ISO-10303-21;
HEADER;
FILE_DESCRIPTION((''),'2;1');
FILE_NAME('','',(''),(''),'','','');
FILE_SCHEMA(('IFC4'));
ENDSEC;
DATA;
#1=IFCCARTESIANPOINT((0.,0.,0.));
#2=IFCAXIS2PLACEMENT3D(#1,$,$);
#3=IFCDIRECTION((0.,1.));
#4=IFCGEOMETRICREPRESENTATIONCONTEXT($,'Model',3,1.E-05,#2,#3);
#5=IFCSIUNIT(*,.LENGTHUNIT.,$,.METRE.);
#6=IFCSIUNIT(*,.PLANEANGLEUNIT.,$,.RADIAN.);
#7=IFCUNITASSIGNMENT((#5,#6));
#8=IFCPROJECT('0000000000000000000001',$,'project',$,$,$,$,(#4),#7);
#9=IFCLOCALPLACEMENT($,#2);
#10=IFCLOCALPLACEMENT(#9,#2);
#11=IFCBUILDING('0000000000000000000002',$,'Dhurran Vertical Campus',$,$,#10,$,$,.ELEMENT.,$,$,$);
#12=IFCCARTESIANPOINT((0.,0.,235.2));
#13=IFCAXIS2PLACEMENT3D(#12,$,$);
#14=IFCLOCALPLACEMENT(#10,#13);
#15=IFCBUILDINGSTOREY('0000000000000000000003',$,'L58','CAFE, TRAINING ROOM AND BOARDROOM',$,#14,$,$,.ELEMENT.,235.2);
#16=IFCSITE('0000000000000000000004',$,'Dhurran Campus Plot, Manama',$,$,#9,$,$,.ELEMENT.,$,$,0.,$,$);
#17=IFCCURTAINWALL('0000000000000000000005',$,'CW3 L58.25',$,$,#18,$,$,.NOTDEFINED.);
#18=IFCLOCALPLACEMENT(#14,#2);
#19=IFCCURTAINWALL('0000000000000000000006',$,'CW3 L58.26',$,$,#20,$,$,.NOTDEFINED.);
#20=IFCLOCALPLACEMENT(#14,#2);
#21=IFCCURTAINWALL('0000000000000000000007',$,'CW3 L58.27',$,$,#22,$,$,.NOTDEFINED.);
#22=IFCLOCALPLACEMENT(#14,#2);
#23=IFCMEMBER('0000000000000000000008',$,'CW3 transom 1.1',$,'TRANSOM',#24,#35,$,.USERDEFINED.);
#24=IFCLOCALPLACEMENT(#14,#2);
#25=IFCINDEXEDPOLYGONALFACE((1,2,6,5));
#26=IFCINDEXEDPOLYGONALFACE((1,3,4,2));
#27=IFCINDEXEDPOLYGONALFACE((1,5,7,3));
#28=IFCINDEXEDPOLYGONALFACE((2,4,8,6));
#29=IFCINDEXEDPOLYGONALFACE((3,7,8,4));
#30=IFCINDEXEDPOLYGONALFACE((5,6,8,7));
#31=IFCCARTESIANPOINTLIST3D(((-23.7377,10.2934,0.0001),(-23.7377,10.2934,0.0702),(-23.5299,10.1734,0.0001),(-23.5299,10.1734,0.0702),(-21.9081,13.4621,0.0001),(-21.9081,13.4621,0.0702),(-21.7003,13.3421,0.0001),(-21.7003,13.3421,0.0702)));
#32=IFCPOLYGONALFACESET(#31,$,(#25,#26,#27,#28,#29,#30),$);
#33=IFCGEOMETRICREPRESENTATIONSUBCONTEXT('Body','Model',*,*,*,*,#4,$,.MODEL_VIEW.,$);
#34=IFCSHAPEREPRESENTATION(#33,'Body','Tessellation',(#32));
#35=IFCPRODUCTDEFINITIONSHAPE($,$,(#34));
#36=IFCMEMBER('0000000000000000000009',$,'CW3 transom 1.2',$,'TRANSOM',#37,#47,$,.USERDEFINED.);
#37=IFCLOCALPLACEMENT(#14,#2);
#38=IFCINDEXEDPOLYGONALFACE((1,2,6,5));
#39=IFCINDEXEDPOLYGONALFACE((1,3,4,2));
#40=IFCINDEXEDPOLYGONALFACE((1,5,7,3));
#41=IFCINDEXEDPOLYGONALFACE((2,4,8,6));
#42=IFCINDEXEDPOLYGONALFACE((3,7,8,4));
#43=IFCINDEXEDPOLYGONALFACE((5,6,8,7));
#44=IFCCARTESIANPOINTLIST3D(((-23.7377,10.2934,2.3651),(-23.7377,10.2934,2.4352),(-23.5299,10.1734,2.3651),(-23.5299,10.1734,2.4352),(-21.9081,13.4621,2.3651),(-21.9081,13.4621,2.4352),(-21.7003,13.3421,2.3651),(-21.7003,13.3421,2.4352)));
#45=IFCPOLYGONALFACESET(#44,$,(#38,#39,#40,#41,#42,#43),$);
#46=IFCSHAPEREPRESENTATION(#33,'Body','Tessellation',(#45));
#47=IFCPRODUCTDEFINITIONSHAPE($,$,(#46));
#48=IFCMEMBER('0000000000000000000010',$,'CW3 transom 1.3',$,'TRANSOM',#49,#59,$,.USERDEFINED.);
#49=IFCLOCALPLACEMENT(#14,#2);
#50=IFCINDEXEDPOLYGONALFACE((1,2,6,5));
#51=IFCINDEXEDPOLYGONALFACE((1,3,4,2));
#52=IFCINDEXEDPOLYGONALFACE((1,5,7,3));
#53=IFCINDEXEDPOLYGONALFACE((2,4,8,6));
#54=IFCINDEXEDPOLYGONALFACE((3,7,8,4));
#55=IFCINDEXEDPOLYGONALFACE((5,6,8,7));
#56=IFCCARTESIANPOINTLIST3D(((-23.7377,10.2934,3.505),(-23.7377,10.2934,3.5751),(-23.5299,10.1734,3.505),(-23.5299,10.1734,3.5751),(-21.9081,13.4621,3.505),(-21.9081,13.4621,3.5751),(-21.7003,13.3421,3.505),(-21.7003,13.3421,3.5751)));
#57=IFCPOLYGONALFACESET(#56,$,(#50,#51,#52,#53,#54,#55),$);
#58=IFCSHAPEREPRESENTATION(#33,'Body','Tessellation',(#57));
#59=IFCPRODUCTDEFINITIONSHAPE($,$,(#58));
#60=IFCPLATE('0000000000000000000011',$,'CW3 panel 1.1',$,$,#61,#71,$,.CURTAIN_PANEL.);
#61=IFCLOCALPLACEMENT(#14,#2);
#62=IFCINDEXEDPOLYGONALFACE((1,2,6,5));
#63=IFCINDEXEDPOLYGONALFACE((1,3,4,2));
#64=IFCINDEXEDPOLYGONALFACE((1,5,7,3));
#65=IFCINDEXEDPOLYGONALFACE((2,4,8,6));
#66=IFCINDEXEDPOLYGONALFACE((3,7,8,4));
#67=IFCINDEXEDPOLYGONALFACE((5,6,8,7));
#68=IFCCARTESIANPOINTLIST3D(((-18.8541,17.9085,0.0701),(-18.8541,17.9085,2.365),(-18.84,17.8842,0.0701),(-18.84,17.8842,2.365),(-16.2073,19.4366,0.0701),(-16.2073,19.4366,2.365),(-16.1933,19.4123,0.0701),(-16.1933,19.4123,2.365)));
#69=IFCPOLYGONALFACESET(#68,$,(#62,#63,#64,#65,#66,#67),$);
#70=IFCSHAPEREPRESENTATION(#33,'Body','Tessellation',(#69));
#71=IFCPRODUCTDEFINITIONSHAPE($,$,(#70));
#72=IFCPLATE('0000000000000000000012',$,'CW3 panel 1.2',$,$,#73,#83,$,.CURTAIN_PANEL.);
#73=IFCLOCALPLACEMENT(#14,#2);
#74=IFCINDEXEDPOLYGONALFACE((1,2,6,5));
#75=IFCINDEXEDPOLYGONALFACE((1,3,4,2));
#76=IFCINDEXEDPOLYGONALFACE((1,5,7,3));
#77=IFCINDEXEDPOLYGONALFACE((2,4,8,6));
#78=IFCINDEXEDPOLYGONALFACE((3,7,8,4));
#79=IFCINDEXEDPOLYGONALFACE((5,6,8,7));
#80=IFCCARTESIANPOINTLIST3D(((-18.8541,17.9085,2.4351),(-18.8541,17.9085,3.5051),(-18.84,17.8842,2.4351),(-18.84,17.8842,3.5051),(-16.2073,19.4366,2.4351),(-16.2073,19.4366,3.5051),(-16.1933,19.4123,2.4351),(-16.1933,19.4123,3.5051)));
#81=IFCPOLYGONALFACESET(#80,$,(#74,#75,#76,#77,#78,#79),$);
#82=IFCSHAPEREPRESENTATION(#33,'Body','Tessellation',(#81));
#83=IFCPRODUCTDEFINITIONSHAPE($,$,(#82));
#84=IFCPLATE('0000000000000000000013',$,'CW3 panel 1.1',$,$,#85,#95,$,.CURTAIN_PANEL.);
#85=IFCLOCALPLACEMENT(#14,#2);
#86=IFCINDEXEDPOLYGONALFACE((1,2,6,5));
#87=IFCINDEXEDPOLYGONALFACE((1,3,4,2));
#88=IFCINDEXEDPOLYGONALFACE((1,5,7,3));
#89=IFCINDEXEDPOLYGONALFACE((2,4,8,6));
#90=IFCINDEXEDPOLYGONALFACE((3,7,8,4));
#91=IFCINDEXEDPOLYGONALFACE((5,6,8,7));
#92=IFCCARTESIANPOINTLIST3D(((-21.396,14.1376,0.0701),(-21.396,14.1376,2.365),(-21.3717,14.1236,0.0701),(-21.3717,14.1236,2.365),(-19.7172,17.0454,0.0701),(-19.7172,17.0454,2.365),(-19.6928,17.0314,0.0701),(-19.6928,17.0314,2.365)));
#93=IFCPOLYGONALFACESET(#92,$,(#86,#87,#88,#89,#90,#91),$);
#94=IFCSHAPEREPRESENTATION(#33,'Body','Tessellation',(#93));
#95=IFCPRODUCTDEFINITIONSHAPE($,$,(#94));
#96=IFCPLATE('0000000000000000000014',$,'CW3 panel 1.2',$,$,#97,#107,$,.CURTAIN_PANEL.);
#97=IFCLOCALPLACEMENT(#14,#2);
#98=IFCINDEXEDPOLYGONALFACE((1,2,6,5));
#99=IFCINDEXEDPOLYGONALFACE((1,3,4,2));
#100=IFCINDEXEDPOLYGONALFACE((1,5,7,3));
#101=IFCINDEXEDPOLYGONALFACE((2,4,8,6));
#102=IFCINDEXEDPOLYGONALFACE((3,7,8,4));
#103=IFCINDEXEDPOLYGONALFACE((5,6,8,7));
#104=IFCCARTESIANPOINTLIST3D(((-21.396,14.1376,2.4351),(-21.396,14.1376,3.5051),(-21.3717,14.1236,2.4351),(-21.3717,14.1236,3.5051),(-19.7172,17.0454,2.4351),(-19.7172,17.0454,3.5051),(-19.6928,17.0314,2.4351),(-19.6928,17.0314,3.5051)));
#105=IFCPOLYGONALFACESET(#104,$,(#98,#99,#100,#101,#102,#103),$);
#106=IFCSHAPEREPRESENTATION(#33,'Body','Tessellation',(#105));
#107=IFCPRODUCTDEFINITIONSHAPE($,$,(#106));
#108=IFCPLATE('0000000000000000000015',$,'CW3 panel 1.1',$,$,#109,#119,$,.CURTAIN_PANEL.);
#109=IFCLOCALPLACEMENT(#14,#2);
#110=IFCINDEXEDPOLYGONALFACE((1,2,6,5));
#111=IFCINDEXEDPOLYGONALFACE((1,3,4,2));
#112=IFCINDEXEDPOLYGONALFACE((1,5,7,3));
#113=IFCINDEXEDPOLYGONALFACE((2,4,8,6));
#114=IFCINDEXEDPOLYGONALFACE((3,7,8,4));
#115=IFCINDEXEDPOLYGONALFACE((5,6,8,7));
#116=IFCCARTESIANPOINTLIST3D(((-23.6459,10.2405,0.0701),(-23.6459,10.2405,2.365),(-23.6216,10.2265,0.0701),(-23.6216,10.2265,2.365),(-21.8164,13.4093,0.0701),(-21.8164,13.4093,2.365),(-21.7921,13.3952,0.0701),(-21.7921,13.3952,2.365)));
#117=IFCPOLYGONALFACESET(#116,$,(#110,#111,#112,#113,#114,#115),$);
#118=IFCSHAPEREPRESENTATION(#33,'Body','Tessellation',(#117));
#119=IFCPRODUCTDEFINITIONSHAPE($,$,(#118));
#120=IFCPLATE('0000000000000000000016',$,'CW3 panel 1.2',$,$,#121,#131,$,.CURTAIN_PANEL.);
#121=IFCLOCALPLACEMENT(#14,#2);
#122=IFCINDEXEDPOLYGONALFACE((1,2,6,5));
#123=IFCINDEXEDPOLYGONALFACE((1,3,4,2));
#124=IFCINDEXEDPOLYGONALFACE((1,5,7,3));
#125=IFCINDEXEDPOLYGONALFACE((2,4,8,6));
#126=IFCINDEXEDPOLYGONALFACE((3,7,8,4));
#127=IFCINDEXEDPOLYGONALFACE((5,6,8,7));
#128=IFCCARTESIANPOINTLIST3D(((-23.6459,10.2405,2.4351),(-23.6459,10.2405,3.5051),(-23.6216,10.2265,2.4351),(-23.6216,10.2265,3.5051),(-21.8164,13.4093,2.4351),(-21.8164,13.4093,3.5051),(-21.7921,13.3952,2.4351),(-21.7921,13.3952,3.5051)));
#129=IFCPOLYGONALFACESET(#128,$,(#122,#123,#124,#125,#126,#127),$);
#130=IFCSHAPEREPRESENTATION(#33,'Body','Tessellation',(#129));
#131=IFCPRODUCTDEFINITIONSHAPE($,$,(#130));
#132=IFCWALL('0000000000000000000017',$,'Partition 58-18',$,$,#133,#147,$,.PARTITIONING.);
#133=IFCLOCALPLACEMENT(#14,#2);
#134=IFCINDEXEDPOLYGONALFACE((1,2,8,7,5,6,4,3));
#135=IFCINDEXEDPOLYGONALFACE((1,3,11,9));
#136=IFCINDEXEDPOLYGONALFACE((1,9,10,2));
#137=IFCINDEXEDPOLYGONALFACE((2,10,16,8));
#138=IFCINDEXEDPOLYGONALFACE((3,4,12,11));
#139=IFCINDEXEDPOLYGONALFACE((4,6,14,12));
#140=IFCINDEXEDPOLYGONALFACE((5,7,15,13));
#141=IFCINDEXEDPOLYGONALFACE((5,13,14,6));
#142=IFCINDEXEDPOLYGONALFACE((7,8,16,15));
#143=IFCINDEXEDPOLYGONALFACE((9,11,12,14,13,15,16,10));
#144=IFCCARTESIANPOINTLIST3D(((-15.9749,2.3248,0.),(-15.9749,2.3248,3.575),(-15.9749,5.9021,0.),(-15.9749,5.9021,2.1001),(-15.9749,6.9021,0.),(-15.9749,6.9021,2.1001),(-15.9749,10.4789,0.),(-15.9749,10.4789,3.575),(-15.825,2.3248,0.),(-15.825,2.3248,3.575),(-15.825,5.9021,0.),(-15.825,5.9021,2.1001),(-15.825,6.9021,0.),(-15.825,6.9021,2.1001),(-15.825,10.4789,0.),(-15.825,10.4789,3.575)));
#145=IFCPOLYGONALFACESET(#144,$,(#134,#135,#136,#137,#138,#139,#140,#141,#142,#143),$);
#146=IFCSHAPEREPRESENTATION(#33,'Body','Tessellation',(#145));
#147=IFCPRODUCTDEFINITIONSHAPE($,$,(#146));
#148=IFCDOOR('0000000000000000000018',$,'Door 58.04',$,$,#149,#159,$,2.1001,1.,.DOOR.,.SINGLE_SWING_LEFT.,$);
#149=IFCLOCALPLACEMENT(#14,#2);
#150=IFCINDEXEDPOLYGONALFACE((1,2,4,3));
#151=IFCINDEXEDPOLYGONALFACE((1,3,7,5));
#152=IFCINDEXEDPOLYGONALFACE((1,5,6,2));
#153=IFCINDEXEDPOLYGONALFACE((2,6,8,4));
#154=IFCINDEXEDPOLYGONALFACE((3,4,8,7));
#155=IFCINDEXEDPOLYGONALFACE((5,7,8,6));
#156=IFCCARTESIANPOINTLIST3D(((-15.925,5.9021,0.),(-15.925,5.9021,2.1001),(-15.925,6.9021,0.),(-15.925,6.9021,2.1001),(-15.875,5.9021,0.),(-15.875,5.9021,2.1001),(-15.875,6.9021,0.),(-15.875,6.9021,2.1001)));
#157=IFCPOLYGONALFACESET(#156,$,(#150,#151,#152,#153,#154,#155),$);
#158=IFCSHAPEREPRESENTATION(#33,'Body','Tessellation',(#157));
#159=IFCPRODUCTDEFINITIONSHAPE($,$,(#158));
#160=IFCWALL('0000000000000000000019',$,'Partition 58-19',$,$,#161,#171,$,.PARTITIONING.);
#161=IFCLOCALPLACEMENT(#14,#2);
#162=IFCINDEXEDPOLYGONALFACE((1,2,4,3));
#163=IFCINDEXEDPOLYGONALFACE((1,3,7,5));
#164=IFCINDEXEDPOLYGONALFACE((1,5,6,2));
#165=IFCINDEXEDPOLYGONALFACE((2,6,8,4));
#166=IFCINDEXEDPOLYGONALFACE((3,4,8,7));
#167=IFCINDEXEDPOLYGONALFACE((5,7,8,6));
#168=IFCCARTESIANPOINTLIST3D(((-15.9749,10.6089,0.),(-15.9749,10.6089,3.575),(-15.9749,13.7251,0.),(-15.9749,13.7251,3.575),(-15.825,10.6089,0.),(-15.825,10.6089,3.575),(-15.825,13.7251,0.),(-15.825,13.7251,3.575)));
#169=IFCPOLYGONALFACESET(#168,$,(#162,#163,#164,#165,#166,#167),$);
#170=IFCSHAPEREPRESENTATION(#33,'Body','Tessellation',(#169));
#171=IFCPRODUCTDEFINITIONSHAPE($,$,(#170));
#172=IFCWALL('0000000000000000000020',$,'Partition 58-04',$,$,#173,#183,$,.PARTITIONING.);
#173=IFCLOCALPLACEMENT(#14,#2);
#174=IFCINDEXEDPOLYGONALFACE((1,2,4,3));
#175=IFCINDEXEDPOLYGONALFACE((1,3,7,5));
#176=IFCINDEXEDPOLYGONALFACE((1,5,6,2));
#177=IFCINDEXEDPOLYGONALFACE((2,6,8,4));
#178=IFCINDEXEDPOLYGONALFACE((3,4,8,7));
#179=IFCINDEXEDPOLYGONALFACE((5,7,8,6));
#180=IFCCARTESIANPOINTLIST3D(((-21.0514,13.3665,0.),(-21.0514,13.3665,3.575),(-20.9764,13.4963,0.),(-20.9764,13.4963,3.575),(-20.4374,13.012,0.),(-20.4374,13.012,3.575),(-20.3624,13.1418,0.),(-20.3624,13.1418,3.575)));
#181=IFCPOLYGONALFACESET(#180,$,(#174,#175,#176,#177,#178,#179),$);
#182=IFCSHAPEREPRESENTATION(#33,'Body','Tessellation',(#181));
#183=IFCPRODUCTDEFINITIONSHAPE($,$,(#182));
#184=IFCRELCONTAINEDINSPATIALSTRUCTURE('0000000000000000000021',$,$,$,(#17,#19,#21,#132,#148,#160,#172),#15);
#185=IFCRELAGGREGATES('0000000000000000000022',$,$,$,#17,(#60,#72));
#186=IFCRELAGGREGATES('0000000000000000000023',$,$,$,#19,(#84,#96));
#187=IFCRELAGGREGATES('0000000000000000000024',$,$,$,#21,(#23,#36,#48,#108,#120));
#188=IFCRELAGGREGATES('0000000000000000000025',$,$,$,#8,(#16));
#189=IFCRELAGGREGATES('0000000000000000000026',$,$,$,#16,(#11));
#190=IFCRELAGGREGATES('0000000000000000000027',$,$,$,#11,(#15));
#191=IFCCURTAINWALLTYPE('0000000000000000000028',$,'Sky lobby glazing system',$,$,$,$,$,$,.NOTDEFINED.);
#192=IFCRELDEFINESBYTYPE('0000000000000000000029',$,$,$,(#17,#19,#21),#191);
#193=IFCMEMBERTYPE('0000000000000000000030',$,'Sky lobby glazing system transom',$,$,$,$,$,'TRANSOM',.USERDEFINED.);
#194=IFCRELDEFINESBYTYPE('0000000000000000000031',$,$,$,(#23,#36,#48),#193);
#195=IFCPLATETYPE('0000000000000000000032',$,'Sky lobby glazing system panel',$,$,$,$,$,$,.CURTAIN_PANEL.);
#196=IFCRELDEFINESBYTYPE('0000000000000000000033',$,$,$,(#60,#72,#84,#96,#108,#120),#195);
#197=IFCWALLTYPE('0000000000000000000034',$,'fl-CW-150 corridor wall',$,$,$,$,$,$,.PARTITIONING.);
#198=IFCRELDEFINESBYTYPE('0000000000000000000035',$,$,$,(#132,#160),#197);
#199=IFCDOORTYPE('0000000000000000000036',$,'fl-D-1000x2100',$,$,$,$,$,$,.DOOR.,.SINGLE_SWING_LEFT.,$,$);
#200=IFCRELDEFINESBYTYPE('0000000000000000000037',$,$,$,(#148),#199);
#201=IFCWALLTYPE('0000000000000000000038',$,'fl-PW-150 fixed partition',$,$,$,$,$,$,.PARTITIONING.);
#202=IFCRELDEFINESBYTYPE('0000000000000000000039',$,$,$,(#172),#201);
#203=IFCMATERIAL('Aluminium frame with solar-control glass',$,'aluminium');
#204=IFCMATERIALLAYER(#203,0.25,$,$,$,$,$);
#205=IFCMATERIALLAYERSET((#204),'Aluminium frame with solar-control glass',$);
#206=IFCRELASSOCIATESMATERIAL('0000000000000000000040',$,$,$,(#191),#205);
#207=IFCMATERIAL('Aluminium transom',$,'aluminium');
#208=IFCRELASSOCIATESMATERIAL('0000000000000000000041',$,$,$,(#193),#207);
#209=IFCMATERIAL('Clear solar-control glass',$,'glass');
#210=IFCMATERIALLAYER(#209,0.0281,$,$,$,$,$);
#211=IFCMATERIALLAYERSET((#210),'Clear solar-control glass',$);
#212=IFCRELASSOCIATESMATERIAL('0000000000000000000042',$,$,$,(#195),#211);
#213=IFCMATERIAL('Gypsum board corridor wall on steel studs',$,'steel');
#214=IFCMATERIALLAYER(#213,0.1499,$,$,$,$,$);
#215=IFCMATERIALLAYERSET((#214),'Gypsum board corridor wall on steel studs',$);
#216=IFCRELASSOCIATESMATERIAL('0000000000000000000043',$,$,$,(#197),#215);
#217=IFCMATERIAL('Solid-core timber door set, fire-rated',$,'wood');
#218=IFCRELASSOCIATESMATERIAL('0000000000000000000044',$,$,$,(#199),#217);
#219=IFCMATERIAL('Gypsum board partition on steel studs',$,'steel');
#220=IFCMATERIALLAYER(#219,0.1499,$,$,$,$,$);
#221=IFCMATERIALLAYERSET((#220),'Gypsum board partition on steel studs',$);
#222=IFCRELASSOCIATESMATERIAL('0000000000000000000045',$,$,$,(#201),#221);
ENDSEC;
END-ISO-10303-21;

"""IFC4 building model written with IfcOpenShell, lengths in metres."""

from ifc_helpers import new_model, si_unit, direction, frame, frame_2d, origin, origin_2d, place, context, subcontext, project, spatial, rectangle, extrude, material, layer, layer_set, material_profile, profile_set, type_object, element, fill, aggregate, save


model = new_model("IFC4")

# Units and contexts
model_context = context("Model", 3, precision=1e-05, world=origin(), true_north=direction((0.0, 1.0)))
body_context = subcontext(model_context, "Body", "Model", "MODEL_VIEW")
ifc_project = project(units=[si_unit("LENGTHUNIT", "METRE"), si_unit("PLANEANGLEUNIT", "RADIAN")], contexts=[model_context])

# Site, building, storey
site_placement = place(None, origin())
site = spatial("IfcSite", under=ifc_project, at=site_placement, Name="Dhurran Campus Plot, Manama", CompositionType="ELEMENT", RefElevation=0.0)
building_placement = place(site_placement, origin())
building = spatial("IfcBuilding", under=site, at=building_placement, Name="Dhurran Vertical Campus", CompositionType="ELEMENT")
storey_placement = place(building_placement, frame((0.0, 0.0, 235.2)))
storey = spatial("IfcBuildingStorey", under=building, at=storey_placement, Name="L58", Description="CAFE, TRAINING ROOM AND BOARDROOM", CompositionType="ELEMENT", Elevation=235.2)

# Curtain walls
ifc_material_1 = material(Name="Aluminium frame with solar-control glass", Category="aluminium")
ifc_layer_1 = layer(ifc_material_1, 0.25)
ifc_layer_set_1 = layer_set([ifc_layer_1], Name="Aluminium frame with solar-control glass")
curtain_wall_type = type_object("IfcCurtainWallType", Name="Sky lobby glazing system", PredefinedType="NOTDEFINED", material=ifc_layer_set_1)
curtain_wall_1_placement = place(storey_placement, origin())
curtain_wall_1 = element("IfcCurtainWall", 1, at=curtain_wall_1_placement, inside=storey, type_object=curtain_wall_type, Name="CW3 L58.25", PredefinedType="NOTDEFINED")
curtain_wall_2_placement = place(storey_placement, origin())
curtain_wall_2 = element("IfcCurtainWall", 2, at=curtain_wall_2_placement, inside=storey, type_object=curtain_wall_type, Name="CW3 L58.26", PredefinedType="NOTDEFINED")
curtain_wall_3_placement = place(storey_placement, origin())
curtain_wall_3 = element("IfcCurtainWall", 3, at=curtain_wall_3_placement, inside=storey, type_object=curtain_wall_type, Name="CW3 L58.27", PredefinedType="NOTDEFINED")

# Members
ifc_material_2 = material(Name="Aluminium transom", Category="aluminium")
ifc_material_profile_1 = material_profile(ifc_material_2, rectangle(XDim=0.24, YDim=0.0701, at=origin_2d()), Name="Sky lobby glazing system transom")
ifc_profile_set_1 = profile_set([ifc_material_profile_1], Name="Aluminium transom")
member_type_1 = type_object("IfcMemberType", Name="Sky lobby glazing system transom", ElementType="TRANSOM", PredefinedType="USERDEFINED", material=ifc_profile_set_1)
member_1_placement = place(storey_placement, frame((-21.8042, 13.4021, 0.0352), z_axis=(-0.500029, -0.866009, 0.0), x_axis=(0.866009, -0.500029, 0.0)))
member_1 = element("IfcMember", 4, at=member_1_placement, type_object=member_type_1, Name="CW3 transom 1.1", ObjectType="TRANSOM", PredefinedType="USERDEFINED", context=body_context, shape_type="SweptSolid", body=[
    extrude(rectangle(XDim=0.24, YDim=0.0701, at=origin_2d()), origin(), (0.0, 0.0, 1.0), 3.6589),
])
member_2_placement = place(storey_placement, frame((-21.8042, 13.4021, 2.4001), z_axis=(-0.500029, -0.866009, 0.0), x_axis=(0.866009, -0.500029, 0.0)))
member_2 = element("IfcMember", 5, at=member_2_placement, type_object=member_type_1, Name="CW3 transom 1.2", ObjectType="TRANSOM", PredefinedType="USERDEFINED", context=body_context, shape_type="SweptSolid", body=[
    extrude(rectangle(XDim=0.24, YDim=0.0701, at=origin_2d()), origin(), (0.0, 0.0, 1.0), 3.6589),
])
member_3_placement = place(storey_placement, frame((-21.8042, 13.4021, 3.54), z_axis=(-0.500029, -0.866009, 0.0), x_axis=(0.866009, -0.500029, 0.0)))
member_3 = element("IfcMember", 6, at=member_3_placement, type_object=member_type_1, Name="CW3 transom 1.3", ObjectType="TRANSOM", PredefinedType="USERDEFINED", context=body_context, shape_type="SweptSolid", body=[
    extrude(rectangle(XDim=0.24, YDim=0.0701, at=origin_2d()), origin(), (0.0, 0.0, 1.0), 3.6589),
])

# Plates
ifc_material_3 = material(Name="Clear solar-control glass", Category="glass")
ifc_layer_2 = layer(ifc_material_3, 0.0281)
ifc_layer_set_2 = layer_set([ifc_layer_2], Name="Clear solar-control glass")
plate_type = type_object("IfcPlateType", Name="Sky lobby glazing system panel", PredefinedType="CURTAIN_PANEL", material=ifc_layer_set_2)
plate_1_placement = place(storey_placement, frame((-17.5237, 18.6604, 0.0701), z_axis=(0.0, 0.0, 1.0), x_axis=(-0.866026, -0.499999, 0.0)))
plate_1 = element("IfcPlate", 7, at=plate_1_placement, type_object=plate_type, Name="CW3 panel 1.1", PredefinedType="CURTAIN_PANEL", context=body_context, shape_type="SweptSolid", body=[
    extrude(rectangle(XDim=3.0562, YDim=0.0281, at=origin_2d()), origin(), (0.0, 0.0, 1.0), 2.2949),
])
plate_2_placement = place(storey_placement, frame((-17.5237, 18.6604, 2.4351), z_axis=(0.0, 0.0, 1.0), x_axis=(-0.866026, -0.499999, 0.0)))
plate_2 = element("IfcPlate", 8, at=plate_2_placement, type_object=plate_type, Name="CW3 panel 1.2", PredefinedType="CURTAIN_PANEL", context=body_context, shape_type="SweptSolid", body=[
    extrude(rectangle(XDim=3.0562, YDim=0.0281, at=origin_2d()), origin(), (0.0, 0.0, 1.0), 1.0701),
])
aggregate(curtain_wall_1, [plate_1, plate_2])
plate_3_placement = place(storey_placement, frame((-20.5444, 15.5845, 0.0701), z_axis=(0.0, 0.0, 1.0), x_axis=(-0.50001, -0.866019, 0.0)))
plate_3 = element("IfcPlate", 9, at=plate_3_placement, type_object=plate_type, Name="CW3 panel 1.1", PredefinedType="CURTAIN_PANEL", context=body_context, shape_type="SweptSolid", body=[
    extrude(rectangle(XDim=3.3577, YDim=0.0281, at=origin_2d()), origin(), (0.0, 0.0, 1.0), 2.2949),
])
plate_4_placement = place(storey_placement, frame((-20.5444, 15.5845, 2.4351), z_axis=(0.0, 0.0, 1.0), x_axis=(-0.50001, -0.866019, 0.0)))
plate_4 = element("IfcPlate", 10, at=plate_4_placement, type_object=plate_type, Name="CW3 panel 1.2", PredefinedType="CURTAIN_PANEL", context=body_context, shape_type="SweptSolid", body=[
    extrude(rectangle(XDim=3.3577, YDim=0.0281, at=origin_2d()), origin(), (0.0, 0.0, 1.0), 1.0701),
])
aggregate(curtain_wall_2, [plate_3, plate_4])
plate_5_placement = place(storey_placement, frame((-22.719, 11.8179, 0.0701), z_axis=(0.0, 0.0, 1.0), x_axis=(-0.500003, -0.866023, 0.0)))
plate_5 = element("IfcPlate", 11, at=plate_5_placement, type_object=plate_type, Name="CW3 panel 1.1", PredefinedType="CURTAIN_PANEL", context=body_context, shape_type="SweptSolid", body=[
    extrude(rectangle(XDim=3.6589, YDim=0.0281, at=origin_2d()), origin(), (0.0, 0.0, 1.0), 2.2949),
])
plate_6_placement = place(storey_placement, frame((-22.719, 11.8179, 2.4351), z_axis=(0.0, 0.0, 1.0), x_axis=(-0.500003, -0.866023, 0.0)))
plate_6 = element("IfcPlate", 12, at=plate_6_placement, type_object=plate_type, Name="CW3 panel 1.2", PredefinedType="CURTAIN_PANEL", context=body_context, shape_type="SweptSolid", body=[
    extrude(rectangle(XDim=3.6589, YDim=0.0281, at=origin_2d()), origin(), (0.0, 0.0, 1.0), 1.0701),
])
aggregate(curtain_wall_3, [member_1, member_2, member_3, plate_5, plate_6])

# Wall, opening, door
ifc_material_4 = material(Name="Gypsum board corridor wall on steel studs", Category="steel")
ifc_layer_3 = layer(ifc_material_4, 0.1499)
ifc_layer_set_3 = layer_set([ifc_layer_3], Name="Gypsum board corridor wall on steel studs")
wall_type_1 = type_object("IfcWallType", Name="fl-CW-150 corridor wall", PredefinedType="PARTITIONING", material=ifc_layer_set_3)
wall_1_placement = place(storey_placement, frame((-15.8999, 10.479, 0.0), z_axis=(0.0, 0.0, 1.0), x_axis=(0.0, -1.0, 0.0)))
wall_1 = element("IfcWall", 13, at=wall_1_placement, inside=storey, type_object=wall_type_1, Name="Partition 58-18", PredefinedType="PARTITIONING", context=body_context, shape_type="SweptSolid", body=[
    extrude(rectangle(XDim=8.1541, YDim=0.1499, at=frame_2d((4.0771, 0.0))), origin(), (0.0, 0.0, 1.0), 3.575),
])
opening_placement = place(wall_1_placement, frame((3.5769, 0.0, 0.0)))
opening = element("IfcOpeningElement", 14, at=opening_placement, cuts=wall_1, PredefinedType="OPENING", context=body_context, shape_type="SweptSolid", body=[
    extrude(rectangle(XDim=1.0, YDim=2.1001, at=frame_2d((0.5, 1.05))), frame((0.0, 0.085, 0.0), z_axis=(0.0, -1.0, 0.0), x_axis=(1.0, 0.0, 0.0)), (0.0, 0.0, 1.0), 0.1699),
])
ifc_material_5 = material(Name="Solid-core timber door set, fire-rated", Category="wood")
door_type = type_object("IfcDoorType", Name="fl-D-1000x2100", OperationType="SINGLE_SWING_LEFT", PredefinedType="DOOR", material=ifc_material_5)
door_placement = place(opening_placement, origin())
door = element("IfcDoor", 15, at=door_placement, inside=storey, type_object=door_type, Name="Door 58.04", OperationType="SINGLE_SWING_LEFT", OverallHeight=2.1001, OverallWidth=1.0, PredefinedType="DOOR", context=body_context, shape_type="SweptSolid", body=[
    extrude(rectangle(XDim=1.0, YDim=2.1001, at=frame_2d((0.5, 1.05))), frame((0.0, 0.0249, 0.0), z_axis=(0.0, -1.0, 0.0), x_axis=(1.0, 0.0, 0.0)), (0.0, 0.0, 1.0), 0.05),
])
fill(opening, door)

# Walls
wall_2_placement = place(storey_placement, frame((-15.8999, 13.7251, 0.0), z_axis=(0.0, 0.0, 1.0), x_axis=(0.0, -1.0, 0.0)))
element("IfcWall", 16, at=wall_2_placement, inside=storey, type_object=wall_type_1, Name="Partition 58-19", PredefinedType="PARTITIONING", context=body_context, shape_type="SweptSolid", body=[
    extrude(rectangle(XDim=3.1162, YDim=0.1499, at=frame_2d((1.5581, 0.0))), origin(), (0.0, 0.0, 1.0), 3.575),
])
ifc_material_6 = material(Name="Gypsum board partition on steel studs", Category="steel")
ifc_layer_4 = layer(ifc_material_6, 0.1499)
ifc_layer_set_4 = layer_set([ifc_layer_4], Name="Gypsum board partition on steel studs")
wall_type_2 = type_object("IfcWallType", Name="fl-PW-150 fixed partition", PredefinedType="PARTITIONING", material=ifc_layer_set_4)
wall_3_placement = place(storey_placement, frame((-21.0139, 13.4314, 0.0), z_axis=(0.0, 0.0, 1.0), x_axis=(0.866031, -0.499991, 0.0)))
element("IfcWall", 17, at=wall_3_placement, inside=storey, type_object=wall_type_2, Name="Partition 58-04", PredefinedType="PARTITIONING", context=body_context, shape_type="SweptSolid", body=[
    extrude(rectangle(XDim=0.709, YDim=0.1499, at=frame_2d((0.3545, 0.0))), origin(), (0.0, 0.0, 1.0), 3.575),
])

save(model, "model.ifc")
